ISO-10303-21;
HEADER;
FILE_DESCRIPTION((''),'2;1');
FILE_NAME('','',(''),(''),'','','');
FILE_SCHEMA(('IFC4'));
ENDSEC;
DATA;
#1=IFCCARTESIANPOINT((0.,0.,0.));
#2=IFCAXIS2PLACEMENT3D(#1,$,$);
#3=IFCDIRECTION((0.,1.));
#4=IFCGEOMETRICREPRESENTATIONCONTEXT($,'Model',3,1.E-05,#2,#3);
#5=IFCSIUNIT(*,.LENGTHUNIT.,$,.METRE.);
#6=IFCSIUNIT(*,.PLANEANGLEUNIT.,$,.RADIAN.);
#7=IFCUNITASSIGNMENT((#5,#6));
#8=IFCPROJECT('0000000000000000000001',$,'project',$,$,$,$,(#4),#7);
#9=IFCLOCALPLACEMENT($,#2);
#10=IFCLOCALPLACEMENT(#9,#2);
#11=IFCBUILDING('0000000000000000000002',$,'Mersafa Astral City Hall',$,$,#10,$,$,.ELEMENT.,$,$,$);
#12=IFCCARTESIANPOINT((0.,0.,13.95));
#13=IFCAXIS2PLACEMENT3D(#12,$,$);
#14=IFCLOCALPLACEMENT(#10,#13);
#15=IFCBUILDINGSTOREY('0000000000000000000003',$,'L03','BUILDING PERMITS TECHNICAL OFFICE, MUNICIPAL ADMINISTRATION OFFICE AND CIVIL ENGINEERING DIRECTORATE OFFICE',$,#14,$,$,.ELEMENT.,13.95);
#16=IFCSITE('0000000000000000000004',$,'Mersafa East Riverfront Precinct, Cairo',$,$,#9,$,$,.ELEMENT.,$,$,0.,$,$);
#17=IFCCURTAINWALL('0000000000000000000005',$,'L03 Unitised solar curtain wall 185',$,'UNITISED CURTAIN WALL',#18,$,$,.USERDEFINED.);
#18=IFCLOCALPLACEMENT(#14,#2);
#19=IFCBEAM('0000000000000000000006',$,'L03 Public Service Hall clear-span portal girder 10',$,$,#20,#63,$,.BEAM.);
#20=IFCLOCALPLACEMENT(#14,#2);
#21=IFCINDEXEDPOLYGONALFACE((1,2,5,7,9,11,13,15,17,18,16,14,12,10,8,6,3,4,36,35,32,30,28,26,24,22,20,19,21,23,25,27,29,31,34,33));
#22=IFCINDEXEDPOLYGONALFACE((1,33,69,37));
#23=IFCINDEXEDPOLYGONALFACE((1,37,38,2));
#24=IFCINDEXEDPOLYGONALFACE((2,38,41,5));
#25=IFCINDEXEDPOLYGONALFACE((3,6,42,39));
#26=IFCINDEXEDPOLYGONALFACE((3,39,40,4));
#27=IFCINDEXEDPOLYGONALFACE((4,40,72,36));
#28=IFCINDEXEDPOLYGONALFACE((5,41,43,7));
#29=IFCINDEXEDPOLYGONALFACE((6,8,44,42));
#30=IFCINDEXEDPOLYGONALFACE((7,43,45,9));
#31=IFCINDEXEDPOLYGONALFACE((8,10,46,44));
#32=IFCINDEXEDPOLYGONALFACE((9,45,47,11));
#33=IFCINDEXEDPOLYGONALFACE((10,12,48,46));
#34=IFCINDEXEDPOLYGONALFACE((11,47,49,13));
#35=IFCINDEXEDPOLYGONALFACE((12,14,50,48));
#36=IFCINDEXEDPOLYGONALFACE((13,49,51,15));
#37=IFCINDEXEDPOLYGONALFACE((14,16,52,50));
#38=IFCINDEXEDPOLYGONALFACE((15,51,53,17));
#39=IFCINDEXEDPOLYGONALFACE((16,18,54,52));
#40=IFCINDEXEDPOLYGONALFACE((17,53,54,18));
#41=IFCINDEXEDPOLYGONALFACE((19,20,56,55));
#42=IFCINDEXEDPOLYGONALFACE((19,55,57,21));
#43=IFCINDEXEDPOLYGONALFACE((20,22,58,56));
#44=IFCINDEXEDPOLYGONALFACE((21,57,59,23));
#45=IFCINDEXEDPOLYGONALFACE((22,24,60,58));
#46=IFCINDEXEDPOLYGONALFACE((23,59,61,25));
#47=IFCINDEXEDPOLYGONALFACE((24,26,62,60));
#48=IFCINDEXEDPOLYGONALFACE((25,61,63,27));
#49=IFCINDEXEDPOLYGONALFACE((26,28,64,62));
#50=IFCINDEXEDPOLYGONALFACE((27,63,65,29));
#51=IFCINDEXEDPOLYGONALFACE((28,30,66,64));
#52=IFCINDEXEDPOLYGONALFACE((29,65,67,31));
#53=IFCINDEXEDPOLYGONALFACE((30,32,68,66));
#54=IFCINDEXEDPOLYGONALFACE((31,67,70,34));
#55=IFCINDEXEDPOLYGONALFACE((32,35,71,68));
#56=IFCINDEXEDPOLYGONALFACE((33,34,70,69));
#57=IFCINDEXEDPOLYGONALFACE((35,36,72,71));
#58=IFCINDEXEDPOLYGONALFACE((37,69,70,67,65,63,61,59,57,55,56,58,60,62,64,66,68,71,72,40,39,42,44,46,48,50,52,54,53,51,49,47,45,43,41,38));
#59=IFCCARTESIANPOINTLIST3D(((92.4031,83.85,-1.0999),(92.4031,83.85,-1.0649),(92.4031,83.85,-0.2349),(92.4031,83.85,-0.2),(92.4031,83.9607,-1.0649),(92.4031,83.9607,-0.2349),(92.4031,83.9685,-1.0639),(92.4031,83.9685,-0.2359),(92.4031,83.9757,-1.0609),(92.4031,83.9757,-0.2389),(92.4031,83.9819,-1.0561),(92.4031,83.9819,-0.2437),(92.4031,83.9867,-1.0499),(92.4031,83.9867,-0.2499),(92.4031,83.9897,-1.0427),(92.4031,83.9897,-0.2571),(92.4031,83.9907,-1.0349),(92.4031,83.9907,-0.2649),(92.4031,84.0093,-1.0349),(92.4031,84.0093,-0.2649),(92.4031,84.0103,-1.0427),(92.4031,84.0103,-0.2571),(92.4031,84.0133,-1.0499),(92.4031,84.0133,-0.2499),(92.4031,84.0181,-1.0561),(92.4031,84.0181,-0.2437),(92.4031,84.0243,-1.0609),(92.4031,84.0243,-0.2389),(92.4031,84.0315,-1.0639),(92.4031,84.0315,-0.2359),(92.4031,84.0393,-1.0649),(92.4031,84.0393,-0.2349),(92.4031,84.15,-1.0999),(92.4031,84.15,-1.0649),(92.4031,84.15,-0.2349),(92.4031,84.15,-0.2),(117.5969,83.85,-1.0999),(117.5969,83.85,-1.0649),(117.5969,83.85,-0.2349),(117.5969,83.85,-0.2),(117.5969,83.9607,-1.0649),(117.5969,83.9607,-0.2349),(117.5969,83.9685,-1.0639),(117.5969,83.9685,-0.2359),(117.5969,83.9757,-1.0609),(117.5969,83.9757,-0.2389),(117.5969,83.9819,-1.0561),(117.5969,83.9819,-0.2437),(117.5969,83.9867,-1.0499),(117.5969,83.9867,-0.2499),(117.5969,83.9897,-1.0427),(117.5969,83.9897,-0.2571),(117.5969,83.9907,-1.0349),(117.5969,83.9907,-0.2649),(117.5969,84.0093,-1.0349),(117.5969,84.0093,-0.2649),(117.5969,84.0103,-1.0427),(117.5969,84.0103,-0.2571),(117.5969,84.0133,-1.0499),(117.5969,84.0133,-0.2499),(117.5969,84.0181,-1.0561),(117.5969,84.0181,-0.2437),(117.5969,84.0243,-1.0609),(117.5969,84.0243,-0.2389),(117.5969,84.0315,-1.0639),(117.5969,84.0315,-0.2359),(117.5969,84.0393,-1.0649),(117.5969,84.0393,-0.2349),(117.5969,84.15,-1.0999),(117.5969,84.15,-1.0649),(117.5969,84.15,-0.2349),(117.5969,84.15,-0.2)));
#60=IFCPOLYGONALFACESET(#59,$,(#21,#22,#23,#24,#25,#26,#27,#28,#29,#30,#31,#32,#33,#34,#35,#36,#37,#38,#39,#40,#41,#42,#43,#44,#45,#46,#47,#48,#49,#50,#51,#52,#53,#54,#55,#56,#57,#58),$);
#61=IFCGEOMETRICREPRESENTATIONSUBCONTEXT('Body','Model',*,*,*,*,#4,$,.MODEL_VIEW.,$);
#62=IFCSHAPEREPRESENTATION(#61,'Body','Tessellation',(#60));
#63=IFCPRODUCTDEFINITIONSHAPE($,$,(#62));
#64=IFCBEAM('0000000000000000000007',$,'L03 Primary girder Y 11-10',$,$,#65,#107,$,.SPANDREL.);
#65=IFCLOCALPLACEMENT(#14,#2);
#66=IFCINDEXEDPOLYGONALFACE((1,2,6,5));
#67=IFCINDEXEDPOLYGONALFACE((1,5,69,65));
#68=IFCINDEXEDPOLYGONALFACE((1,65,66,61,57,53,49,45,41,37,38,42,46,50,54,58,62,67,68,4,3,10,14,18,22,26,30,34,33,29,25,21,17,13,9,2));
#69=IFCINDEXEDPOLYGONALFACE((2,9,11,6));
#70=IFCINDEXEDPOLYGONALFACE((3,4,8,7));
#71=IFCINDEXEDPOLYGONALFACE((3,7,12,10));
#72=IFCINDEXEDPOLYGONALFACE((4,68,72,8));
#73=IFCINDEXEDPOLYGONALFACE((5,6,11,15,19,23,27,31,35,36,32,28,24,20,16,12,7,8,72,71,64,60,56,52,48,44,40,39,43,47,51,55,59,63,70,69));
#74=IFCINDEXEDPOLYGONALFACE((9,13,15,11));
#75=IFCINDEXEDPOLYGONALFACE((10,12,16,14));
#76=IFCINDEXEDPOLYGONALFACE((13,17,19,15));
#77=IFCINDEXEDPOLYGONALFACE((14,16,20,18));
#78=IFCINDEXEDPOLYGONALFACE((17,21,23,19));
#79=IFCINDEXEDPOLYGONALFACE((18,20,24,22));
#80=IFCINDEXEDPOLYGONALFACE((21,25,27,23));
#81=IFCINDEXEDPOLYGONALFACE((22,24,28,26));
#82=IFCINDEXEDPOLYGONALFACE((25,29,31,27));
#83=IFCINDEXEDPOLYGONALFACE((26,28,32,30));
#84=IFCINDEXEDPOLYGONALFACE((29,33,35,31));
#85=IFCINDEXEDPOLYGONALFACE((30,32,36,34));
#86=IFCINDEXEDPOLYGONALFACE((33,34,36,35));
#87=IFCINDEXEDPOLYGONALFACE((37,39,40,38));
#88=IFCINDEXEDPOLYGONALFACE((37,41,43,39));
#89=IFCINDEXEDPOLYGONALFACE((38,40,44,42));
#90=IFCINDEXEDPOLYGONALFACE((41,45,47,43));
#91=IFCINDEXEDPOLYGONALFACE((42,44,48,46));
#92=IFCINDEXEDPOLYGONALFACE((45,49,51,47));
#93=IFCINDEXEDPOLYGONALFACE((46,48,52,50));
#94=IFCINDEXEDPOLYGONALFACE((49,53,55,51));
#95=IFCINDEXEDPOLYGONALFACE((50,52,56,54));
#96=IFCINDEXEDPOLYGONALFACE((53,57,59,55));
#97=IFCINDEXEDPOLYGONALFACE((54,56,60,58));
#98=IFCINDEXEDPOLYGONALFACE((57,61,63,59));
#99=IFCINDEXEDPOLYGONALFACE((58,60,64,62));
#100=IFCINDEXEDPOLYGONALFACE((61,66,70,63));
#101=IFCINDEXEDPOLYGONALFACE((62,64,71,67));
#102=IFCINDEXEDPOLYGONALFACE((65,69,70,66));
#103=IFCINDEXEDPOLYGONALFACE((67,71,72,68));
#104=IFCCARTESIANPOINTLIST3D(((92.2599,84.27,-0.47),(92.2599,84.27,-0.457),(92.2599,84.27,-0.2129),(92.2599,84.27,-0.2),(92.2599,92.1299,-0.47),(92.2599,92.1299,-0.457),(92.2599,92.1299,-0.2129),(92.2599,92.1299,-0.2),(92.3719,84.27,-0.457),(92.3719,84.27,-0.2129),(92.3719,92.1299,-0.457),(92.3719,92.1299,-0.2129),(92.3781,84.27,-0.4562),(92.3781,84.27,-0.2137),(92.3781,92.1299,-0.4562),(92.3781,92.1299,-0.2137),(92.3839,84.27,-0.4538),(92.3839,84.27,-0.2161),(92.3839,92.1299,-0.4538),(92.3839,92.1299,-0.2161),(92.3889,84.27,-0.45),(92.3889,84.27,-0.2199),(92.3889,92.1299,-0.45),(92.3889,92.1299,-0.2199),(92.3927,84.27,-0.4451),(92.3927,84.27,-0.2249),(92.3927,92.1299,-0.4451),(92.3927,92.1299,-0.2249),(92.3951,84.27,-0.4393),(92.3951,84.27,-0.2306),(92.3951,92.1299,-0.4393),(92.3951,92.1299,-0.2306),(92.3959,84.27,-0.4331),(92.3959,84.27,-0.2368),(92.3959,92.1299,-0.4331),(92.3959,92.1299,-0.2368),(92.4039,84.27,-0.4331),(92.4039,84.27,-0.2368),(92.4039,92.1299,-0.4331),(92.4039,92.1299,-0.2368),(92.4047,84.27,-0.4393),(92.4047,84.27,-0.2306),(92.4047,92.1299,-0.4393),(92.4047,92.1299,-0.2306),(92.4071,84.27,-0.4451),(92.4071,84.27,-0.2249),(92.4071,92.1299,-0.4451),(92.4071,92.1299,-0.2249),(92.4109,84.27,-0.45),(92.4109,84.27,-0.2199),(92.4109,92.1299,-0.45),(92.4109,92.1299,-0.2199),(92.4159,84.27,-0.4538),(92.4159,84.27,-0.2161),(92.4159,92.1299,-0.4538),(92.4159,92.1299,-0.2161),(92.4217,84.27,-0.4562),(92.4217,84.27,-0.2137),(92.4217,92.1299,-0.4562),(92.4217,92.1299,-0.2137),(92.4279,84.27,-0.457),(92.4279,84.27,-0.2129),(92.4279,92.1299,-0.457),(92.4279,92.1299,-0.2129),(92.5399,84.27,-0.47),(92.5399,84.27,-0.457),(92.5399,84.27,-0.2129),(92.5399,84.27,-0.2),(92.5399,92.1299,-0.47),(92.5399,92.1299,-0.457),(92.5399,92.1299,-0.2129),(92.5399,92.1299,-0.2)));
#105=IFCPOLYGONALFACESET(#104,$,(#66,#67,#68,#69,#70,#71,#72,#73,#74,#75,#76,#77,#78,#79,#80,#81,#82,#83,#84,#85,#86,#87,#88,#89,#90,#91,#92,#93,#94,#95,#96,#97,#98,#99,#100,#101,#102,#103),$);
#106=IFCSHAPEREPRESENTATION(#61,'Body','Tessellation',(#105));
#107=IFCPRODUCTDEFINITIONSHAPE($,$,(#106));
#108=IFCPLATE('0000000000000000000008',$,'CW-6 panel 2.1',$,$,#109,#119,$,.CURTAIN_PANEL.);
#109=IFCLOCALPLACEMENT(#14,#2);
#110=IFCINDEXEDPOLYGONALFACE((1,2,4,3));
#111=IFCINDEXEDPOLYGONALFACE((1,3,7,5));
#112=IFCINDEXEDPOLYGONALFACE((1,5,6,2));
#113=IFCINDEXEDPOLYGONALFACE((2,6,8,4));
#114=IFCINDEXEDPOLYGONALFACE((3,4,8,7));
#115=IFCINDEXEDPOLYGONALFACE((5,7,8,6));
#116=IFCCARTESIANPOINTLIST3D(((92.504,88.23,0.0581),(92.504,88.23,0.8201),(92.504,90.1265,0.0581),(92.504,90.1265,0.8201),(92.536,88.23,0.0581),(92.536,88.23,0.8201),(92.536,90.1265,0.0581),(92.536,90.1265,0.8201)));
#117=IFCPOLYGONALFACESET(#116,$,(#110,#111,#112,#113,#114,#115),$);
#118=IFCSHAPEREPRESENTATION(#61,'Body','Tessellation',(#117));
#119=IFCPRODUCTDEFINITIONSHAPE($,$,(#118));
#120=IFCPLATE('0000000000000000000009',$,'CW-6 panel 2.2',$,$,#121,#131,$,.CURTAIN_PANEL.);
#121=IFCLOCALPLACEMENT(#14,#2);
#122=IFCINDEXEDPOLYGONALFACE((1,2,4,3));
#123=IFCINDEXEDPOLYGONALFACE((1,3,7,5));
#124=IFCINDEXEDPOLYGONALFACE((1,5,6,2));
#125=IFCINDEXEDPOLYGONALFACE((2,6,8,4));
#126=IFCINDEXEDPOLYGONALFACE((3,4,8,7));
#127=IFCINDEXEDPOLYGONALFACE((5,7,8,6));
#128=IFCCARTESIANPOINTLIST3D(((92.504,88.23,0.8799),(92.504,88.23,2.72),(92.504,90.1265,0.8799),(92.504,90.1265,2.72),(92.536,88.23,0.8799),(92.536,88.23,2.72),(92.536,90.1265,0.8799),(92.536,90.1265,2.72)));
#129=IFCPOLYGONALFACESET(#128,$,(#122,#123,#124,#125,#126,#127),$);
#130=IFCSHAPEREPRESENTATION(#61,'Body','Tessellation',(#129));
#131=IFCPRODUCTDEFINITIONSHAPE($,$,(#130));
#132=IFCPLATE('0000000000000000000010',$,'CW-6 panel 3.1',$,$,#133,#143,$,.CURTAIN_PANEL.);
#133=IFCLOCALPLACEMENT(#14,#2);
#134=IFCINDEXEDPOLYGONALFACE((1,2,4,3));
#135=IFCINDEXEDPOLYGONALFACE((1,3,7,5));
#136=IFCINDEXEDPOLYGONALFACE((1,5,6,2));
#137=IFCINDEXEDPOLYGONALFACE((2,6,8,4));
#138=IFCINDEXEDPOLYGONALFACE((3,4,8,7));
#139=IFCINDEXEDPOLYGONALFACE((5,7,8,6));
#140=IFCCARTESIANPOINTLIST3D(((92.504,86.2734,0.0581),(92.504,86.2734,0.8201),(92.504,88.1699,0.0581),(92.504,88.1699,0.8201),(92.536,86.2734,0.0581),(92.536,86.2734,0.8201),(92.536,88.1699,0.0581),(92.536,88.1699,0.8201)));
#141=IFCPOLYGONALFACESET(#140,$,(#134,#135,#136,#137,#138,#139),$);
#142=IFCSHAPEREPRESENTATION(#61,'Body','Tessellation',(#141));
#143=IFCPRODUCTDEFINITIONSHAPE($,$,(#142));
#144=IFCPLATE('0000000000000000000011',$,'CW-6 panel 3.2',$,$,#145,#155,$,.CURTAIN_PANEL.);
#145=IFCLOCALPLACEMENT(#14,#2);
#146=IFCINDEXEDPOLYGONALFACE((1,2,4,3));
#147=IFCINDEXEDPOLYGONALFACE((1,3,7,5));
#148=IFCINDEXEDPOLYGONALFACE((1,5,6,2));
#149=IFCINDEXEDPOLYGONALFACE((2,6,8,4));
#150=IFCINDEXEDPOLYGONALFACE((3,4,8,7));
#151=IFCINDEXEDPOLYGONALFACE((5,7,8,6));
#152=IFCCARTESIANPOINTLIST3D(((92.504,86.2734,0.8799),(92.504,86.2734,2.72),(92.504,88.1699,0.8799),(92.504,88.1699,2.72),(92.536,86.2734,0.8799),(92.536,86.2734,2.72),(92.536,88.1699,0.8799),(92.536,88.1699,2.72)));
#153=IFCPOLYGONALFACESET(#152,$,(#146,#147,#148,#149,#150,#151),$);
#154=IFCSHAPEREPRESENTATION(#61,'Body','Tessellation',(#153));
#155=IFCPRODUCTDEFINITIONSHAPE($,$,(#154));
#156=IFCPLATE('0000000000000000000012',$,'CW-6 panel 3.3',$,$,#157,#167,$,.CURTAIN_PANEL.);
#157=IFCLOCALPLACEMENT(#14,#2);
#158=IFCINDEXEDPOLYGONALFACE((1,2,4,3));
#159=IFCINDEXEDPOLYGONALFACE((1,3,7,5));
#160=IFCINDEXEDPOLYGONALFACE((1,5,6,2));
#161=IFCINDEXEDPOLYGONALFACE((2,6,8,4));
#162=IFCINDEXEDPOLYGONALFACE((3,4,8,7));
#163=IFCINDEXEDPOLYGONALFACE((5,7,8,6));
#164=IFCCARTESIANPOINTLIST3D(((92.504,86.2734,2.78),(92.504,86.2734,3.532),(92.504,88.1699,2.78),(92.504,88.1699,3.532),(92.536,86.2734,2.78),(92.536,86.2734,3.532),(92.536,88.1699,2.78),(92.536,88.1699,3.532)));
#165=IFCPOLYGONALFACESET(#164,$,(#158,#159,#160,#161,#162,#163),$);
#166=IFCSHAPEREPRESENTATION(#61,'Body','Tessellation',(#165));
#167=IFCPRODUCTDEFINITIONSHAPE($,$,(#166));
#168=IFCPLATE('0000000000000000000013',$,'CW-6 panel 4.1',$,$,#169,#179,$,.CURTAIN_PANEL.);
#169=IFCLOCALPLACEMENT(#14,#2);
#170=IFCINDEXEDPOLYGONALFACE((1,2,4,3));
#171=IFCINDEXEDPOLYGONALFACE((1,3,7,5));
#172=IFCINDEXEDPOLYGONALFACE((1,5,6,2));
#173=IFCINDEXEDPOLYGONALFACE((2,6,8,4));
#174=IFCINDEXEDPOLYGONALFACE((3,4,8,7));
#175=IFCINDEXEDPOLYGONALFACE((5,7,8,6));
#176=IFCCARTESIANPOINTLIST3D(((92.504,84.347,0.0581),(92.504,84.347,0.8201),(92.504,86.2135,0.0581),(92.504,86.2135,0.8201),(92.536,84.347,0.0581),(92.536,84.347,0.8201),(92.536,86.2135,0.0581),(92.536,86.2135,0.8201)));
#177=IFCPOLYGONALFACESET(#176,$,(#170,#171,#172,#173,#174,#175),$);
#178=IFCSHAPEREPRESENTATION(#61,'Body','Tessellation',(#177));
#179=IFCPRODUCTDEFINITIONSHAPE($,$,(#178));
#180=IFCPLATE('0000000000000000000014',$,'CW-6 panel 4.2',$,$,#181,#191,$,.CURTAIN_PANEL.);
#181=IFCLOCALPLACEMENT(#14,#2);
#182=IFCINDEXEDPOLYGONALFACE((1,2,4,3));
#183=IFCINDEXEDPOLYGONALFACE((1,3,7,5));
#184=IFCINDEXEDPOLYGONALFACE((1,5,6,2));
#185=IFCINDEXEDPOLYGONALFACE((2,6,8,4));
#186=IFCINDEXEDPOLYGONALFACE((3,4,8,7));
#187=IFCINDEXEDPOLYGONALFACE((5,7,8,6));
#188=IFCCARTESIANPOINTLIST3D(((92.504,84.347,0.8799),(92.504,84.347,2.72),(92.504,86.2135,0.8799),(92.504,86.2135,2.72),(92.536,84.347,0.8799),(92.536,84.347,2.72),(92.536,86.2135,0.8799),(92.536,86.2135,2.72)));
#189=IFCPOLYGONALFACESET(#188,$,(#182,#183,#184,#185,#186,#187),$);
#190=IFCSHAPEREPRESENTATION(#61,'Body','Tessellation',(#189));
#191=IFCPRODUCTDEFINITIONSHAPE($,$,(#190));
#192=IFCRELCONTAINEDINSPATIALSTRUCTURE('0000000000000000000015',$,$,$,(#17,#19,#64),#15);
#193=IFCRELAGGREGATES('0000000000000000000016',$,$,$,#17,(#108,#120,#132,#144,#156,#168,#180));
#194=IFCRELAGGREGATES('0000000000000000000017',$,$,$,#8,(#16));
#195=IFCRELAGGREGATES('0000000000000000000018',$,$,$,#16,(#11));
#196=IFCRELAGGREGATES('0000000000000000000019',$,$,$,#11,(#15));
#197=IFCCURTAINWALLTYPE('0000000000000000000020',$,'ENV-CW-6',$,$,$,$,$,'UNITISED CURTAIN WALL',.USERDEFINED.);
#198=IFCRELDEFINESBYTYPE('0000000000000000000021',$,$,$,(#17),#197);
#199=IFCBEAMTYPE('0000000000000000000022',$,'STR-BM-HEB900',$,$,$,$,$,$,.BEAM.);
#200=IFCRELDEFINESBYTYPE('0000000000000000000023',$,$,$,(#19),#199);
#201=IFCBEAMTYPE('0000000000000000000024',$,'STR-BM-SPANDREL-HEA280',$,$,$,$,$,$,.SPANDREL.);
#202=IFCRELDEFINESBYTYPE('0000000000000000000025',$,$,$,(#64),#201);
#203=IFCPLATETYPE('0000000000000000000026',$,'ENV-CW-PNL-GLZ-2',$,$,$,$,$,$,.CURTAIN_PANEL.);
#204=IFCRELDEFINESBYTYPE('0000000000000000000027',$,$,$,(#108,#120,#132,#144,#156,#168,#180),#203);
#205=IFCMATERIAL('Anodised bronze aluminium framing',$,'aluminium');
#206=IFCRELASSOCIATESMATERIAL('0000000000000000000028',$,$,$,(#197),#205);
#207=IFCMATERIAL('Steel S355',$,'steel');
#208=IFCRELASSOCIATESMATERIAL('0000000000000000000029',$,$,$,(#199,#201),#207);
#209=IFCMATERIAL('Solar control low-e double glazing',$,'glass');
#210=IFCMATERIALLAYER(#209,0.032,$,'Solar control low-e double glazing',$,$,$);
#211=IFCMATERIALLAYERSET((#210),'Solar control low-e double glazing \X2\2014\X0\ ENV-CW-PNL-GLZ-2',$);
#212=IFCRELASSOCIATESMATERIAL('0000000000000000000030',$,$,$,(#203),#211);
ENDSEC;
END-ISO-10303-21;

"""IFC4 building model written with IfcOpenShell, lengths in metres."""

from ifc_helpers import new_model, si_unit, direction, frame, origin, origin_2d, place, context, subcontext, project, spatial, rectangle, i_section, extrude, material, layer, layer_set, material_profile, profile_set, type_object, element, aggregate, save


model = new_model("IFC4")

# Units and contexts
model_context = context("Model", 3, precision=1e-05, world=origin(), true_north=direction((0.0, 1.0)))
body_context = subcontext(model_context, "Body", "Model", "MODEL_VIEW")
ifc_project = project(units=[si_unit("LENGTHUNIT", "METRE"), si_unit("PLANEANGLEUNIT", "RADIAN")], contexts=[model_context])

# Site, building, storey
site_placement = place(None, origin())
site = spatial("IfcSite", under=ifc_project, at=site_placement, Name="Mersafa East Riverfront Precinct, Cairo", CompositionType="ELEMENT", RefElevation=0.0)
building_placement = place(site_placement, origin())
building = spatial("IfcBuilding", under=site, at=building_placement, Name="Mersafa Astral City Hall", CompositionType="ELEMENT")
storey_placement = place(building_placement, frame((0.0, 0.0, 13.95)))
storey = spatial("IfcBuildingStorey", under=building, at=storey_placement, Name="L03", Description="BUILDING PERMITS TECHNICAL OFFICE, MUNICIPAL ADMINISTRATION OFFICE AND CIVIL ENGINEERING DIRECTORATE OFFICE", CompositionType="ELEMENT", Elevation=13.95)

# Curtain wall
ifc_material_1 = material(Name="Anodised bronze aluminium framing", Category="aluminium")
curtain_wall_type = type_object("IfcCurtainWallType", Name="ENV-CW-6", ElementType="UNITISED CURTAIN WALL", PredefinedType="USERDEFINED", material=ifc_material_1)
curtain_wall_placement = place(storey_placement, origin())
curtain_wall = element("IfcCurtainWall", 1, at=curtain_wall_placement, inside=storey, type_object=curtain_wall_type, Name="L03 Unitised solar curtain wall 185", ObjectType="UNITISED CURTAIN WALL", PredefinedType="USERDEFINED")

# Beams
ifc_material_2 = material(Name="Steel S355", Category="steel")
ifc_material_profile_1 = material_profile(ifc_material_2, i_section(OverallWidth=0.3, OverallDepth=0.8999, WebThickness=0.0186, FlangeThickness=0.0349, FilletRadius=0.03, at=origin_2d()), Name="HEB 900")
ifc_profile_set_1 = profile_set([ifc_material_profile_1], Name="Steel S355")
beam_type_1 = type_object("IfcBeamType", Name="STR-BM-HEB900", PredefinedType="BEAM", material=ifc_profile_set_1)
beam_1_placement = place(storey_placement, frame((92.4031, 84.0, -0.6499), z_axis=(1.0, 0.0, 0.0), x_axis=(0.0, 1.0, 0.0)))
element("IfcBeam", 2, at=beam_1_placement, inside=storey, type_object=beam_type_1, Name="L03 Public Service Hall clear-span portal girder 10", PredefinedType="BEAM", context=body_context, shape_type="SweptSolid", body=[
    extrude(i_section(OverallWidth=0.3, OverallDepth=0.8999, WebThickness=0.0186, FlangeThickness=0.0349, FilletRadius=0.03, at=origin_2d()), origin(), (0.0, 0.0, 1.0), 25.1938),
])
ifc_material_profile_2 = material_profile(ifc_material_2, i_section(OverallWidth=0.28, OverallDepth=0.27, WebThickness=0.0081, FlangeThickness=0.0129, FilletRadius=0.0239, at=origin_2d()), Name="HEA 280")
ifc_profile_set_2 = profile_set([ifc_material_profile_2], Name="Steel S355")
beam_type_2 = type_object("IfcBeamType", Name="STR-BM-SPANDREL-HEA280", PredefinedType="SPANDREL", material=ifc_profile_set_2)
beam_2_placement = place(storey_placement, frame((92.3999, 84.27, -0.335), z_axis=(0.0, 1.0, 0.0), x_axis=(-1.0, 0.0, 0.0)))
element("IfcBeam", 3, at=beam_2_placement, inside=storey, type_object=beam_type_2, Name="L03 Primary girder Y 11-10", PredefinedType="SPANDREL", context=body_context, shape_type="SweptSolid", body=[
    extrude(i_section(OverallWidth=0.28, OverallDepth=0.27, WebThickness=0.0081, FlangeThickness=0.0129, FilletRadius=0.0239, at=origin_2d()), origin(), (0.0, 0.0, 1.0), 7.8599),
])

# Plates
ifc_material_3 = material(Name="Solar control low-e double glazing", Category="glass")
ifc_layer = layer(ifc_material_3, 0.032, Name="Solar control low-e double glazing")
ifc_layer_set = layer_set([ifc_layer], Name="Solar control low-e double glazing — ENV-CW-PNL-GLZ-2")
plate_type = type_object("IfcPlateType", Name="ENV-CW-PNL-GLZ-2", PredefinedType="CURTAIN_PANEL", material=ifc_layer_set)
plate_1_placement = place(storey_placement, frame((92.52, 89.1782, 0.0581), z_axis=(0.0, 0.0, 1.0), x_axis=(0.0, -1.0, 0.0)))
plate_1 = element("IfcPlate", 4, at=plate_1_placement, type_object=plate_type, Name="CW-6 panel 2.1", PredefinedType="CURTAIN_PANEL", context=body_context, shape_type="SweptSolid", body=[
    extrude(rectangle(XDim=1.8965, YDim=0.032, at=origin_2d()), origin(), (0.0, 0.0, 1.0), 0.762),
])
plate_2_placement = place(storey_placement, frame((92.52, 89.1782, 0.8799), z_axis=(0.0, 0.0, 1.0), x_axis=(0.0, -1.0, 0.0)))
plate_2 = element("IfcPlate", 5, at=plate_2_placement, type_object=plate_type, Name="CW-6 panel 2.2", PredefinedType="CURTAIN_PANEL", context=body_context, shape_type="SweptSolid", body=[
    extrude(rectangle(XDim=1.8965, YDim=0.032, at=origin_2d()), origin(), (0.0, 0.0, 1.0), 1.8401),
])
plate_3_placement = place(storey_placement, frame((92.52, 87.2217, 0.0581), z_axis=(0.0, 0.0, 1.0), x_axis=(0.0, -1.0, 0.0)))
plate_3 = element("IfcPlate", 6, at=plate_3_placement, type_object=plate_type, Name="CW-6 panel 3.1", PredefinedType="CURTAIN_PANEL", context=body_context, shape_type="SweptSolid", body=[
    extrude(rectangle(XDim=1.8965, YDim=0.032, at=origin_2d()), origin(), (0.0, 0.0, 1.0), 0.762),
])
plate_4_placement = place(storey_placement, frame((92.52, 87.2217, 0.8799), z_axis=(0.0, 0.0, 1.0), x_axis=(0.0, -1.0, 0.0)))
plate_4 = element("IfcPlate", 7, at=plate_4_placement, type_object=plate_type, Name="CW-6 panel 3.2", PredefinedType="CURTAIN_PANEL", context=body_context, shape_type="SweptSolid", body=[
    extrude(rectangle(XDim=1.8965, YDim=0.032, at=origin_2d()), origin(), (0.0, 0.0, 1.0), 1.8401),
])
plate_5_placement = place(storey_placement, frame((92.52, 87.2217, 2.78), z_axis=(0.0, 0.0, 1.0), x_axis=(0.0, -1.0, 0.0)))
plate_5 = element("IfcPlate", 8, at=plate_5_placement, type_object=plate_type, Name="CW-6 panel 3.3", PredefinedType="CURTAIN_PANEL", context=body_context, shape_type="SweptSolid", body=[
    extrude(rectangle(XDim=1.8965, YDim=0.032, at=origin_2d()), origin(), (0.0, 0.0, 1.0), 0.752),
])
plate_6_placement = place(storey_placement, frame((92.52, 85.2803, 0.0581), z_axis=(0.0, 0.0, 1.0), x_axis=(0.0, -1.0, 0.0)))
plate_6 = element("IfcPlate", 9, at=plate_6_placement, type_object=plate_type, Name="CW-6 panel 4.1", PredefinedType="CURTAIN_PANEL", context=body_context, shape_type="SweptSolid", body=[
    extrude(rectangle(XDim=1.8665, YDim=0.032, at=origin_2d()), origin(), (0.0, 0.0, 1.0), 0.762),
])
plate_7_placement = place(storey_placement, frame((92.52, 85.2803, 0.8799), z_axis=(0.0, 0.0, 1.0), x_axis=(0.0, -1.0, 0.0)))
plate_7 = element("IfcPlate", 10, at=plate_7_placement, type_object=plate_type, Name="CW-6 panel 4.2", PredefinedType="CURTAIN_PANEL", context=body_context, shape_type="SweptSolid", body=[
    extrude(rectangle(XDim=1.8665, YDim=0.032, at=origin_2d()), origin(), (0.0, 0.0, 1.0), 1.8401),
])
aggregate(curtain_wall, [plate_1, plate_2, plate_3, plate_4, plate_5, plate_6, plate_7])

save(model, "model.ifc")
